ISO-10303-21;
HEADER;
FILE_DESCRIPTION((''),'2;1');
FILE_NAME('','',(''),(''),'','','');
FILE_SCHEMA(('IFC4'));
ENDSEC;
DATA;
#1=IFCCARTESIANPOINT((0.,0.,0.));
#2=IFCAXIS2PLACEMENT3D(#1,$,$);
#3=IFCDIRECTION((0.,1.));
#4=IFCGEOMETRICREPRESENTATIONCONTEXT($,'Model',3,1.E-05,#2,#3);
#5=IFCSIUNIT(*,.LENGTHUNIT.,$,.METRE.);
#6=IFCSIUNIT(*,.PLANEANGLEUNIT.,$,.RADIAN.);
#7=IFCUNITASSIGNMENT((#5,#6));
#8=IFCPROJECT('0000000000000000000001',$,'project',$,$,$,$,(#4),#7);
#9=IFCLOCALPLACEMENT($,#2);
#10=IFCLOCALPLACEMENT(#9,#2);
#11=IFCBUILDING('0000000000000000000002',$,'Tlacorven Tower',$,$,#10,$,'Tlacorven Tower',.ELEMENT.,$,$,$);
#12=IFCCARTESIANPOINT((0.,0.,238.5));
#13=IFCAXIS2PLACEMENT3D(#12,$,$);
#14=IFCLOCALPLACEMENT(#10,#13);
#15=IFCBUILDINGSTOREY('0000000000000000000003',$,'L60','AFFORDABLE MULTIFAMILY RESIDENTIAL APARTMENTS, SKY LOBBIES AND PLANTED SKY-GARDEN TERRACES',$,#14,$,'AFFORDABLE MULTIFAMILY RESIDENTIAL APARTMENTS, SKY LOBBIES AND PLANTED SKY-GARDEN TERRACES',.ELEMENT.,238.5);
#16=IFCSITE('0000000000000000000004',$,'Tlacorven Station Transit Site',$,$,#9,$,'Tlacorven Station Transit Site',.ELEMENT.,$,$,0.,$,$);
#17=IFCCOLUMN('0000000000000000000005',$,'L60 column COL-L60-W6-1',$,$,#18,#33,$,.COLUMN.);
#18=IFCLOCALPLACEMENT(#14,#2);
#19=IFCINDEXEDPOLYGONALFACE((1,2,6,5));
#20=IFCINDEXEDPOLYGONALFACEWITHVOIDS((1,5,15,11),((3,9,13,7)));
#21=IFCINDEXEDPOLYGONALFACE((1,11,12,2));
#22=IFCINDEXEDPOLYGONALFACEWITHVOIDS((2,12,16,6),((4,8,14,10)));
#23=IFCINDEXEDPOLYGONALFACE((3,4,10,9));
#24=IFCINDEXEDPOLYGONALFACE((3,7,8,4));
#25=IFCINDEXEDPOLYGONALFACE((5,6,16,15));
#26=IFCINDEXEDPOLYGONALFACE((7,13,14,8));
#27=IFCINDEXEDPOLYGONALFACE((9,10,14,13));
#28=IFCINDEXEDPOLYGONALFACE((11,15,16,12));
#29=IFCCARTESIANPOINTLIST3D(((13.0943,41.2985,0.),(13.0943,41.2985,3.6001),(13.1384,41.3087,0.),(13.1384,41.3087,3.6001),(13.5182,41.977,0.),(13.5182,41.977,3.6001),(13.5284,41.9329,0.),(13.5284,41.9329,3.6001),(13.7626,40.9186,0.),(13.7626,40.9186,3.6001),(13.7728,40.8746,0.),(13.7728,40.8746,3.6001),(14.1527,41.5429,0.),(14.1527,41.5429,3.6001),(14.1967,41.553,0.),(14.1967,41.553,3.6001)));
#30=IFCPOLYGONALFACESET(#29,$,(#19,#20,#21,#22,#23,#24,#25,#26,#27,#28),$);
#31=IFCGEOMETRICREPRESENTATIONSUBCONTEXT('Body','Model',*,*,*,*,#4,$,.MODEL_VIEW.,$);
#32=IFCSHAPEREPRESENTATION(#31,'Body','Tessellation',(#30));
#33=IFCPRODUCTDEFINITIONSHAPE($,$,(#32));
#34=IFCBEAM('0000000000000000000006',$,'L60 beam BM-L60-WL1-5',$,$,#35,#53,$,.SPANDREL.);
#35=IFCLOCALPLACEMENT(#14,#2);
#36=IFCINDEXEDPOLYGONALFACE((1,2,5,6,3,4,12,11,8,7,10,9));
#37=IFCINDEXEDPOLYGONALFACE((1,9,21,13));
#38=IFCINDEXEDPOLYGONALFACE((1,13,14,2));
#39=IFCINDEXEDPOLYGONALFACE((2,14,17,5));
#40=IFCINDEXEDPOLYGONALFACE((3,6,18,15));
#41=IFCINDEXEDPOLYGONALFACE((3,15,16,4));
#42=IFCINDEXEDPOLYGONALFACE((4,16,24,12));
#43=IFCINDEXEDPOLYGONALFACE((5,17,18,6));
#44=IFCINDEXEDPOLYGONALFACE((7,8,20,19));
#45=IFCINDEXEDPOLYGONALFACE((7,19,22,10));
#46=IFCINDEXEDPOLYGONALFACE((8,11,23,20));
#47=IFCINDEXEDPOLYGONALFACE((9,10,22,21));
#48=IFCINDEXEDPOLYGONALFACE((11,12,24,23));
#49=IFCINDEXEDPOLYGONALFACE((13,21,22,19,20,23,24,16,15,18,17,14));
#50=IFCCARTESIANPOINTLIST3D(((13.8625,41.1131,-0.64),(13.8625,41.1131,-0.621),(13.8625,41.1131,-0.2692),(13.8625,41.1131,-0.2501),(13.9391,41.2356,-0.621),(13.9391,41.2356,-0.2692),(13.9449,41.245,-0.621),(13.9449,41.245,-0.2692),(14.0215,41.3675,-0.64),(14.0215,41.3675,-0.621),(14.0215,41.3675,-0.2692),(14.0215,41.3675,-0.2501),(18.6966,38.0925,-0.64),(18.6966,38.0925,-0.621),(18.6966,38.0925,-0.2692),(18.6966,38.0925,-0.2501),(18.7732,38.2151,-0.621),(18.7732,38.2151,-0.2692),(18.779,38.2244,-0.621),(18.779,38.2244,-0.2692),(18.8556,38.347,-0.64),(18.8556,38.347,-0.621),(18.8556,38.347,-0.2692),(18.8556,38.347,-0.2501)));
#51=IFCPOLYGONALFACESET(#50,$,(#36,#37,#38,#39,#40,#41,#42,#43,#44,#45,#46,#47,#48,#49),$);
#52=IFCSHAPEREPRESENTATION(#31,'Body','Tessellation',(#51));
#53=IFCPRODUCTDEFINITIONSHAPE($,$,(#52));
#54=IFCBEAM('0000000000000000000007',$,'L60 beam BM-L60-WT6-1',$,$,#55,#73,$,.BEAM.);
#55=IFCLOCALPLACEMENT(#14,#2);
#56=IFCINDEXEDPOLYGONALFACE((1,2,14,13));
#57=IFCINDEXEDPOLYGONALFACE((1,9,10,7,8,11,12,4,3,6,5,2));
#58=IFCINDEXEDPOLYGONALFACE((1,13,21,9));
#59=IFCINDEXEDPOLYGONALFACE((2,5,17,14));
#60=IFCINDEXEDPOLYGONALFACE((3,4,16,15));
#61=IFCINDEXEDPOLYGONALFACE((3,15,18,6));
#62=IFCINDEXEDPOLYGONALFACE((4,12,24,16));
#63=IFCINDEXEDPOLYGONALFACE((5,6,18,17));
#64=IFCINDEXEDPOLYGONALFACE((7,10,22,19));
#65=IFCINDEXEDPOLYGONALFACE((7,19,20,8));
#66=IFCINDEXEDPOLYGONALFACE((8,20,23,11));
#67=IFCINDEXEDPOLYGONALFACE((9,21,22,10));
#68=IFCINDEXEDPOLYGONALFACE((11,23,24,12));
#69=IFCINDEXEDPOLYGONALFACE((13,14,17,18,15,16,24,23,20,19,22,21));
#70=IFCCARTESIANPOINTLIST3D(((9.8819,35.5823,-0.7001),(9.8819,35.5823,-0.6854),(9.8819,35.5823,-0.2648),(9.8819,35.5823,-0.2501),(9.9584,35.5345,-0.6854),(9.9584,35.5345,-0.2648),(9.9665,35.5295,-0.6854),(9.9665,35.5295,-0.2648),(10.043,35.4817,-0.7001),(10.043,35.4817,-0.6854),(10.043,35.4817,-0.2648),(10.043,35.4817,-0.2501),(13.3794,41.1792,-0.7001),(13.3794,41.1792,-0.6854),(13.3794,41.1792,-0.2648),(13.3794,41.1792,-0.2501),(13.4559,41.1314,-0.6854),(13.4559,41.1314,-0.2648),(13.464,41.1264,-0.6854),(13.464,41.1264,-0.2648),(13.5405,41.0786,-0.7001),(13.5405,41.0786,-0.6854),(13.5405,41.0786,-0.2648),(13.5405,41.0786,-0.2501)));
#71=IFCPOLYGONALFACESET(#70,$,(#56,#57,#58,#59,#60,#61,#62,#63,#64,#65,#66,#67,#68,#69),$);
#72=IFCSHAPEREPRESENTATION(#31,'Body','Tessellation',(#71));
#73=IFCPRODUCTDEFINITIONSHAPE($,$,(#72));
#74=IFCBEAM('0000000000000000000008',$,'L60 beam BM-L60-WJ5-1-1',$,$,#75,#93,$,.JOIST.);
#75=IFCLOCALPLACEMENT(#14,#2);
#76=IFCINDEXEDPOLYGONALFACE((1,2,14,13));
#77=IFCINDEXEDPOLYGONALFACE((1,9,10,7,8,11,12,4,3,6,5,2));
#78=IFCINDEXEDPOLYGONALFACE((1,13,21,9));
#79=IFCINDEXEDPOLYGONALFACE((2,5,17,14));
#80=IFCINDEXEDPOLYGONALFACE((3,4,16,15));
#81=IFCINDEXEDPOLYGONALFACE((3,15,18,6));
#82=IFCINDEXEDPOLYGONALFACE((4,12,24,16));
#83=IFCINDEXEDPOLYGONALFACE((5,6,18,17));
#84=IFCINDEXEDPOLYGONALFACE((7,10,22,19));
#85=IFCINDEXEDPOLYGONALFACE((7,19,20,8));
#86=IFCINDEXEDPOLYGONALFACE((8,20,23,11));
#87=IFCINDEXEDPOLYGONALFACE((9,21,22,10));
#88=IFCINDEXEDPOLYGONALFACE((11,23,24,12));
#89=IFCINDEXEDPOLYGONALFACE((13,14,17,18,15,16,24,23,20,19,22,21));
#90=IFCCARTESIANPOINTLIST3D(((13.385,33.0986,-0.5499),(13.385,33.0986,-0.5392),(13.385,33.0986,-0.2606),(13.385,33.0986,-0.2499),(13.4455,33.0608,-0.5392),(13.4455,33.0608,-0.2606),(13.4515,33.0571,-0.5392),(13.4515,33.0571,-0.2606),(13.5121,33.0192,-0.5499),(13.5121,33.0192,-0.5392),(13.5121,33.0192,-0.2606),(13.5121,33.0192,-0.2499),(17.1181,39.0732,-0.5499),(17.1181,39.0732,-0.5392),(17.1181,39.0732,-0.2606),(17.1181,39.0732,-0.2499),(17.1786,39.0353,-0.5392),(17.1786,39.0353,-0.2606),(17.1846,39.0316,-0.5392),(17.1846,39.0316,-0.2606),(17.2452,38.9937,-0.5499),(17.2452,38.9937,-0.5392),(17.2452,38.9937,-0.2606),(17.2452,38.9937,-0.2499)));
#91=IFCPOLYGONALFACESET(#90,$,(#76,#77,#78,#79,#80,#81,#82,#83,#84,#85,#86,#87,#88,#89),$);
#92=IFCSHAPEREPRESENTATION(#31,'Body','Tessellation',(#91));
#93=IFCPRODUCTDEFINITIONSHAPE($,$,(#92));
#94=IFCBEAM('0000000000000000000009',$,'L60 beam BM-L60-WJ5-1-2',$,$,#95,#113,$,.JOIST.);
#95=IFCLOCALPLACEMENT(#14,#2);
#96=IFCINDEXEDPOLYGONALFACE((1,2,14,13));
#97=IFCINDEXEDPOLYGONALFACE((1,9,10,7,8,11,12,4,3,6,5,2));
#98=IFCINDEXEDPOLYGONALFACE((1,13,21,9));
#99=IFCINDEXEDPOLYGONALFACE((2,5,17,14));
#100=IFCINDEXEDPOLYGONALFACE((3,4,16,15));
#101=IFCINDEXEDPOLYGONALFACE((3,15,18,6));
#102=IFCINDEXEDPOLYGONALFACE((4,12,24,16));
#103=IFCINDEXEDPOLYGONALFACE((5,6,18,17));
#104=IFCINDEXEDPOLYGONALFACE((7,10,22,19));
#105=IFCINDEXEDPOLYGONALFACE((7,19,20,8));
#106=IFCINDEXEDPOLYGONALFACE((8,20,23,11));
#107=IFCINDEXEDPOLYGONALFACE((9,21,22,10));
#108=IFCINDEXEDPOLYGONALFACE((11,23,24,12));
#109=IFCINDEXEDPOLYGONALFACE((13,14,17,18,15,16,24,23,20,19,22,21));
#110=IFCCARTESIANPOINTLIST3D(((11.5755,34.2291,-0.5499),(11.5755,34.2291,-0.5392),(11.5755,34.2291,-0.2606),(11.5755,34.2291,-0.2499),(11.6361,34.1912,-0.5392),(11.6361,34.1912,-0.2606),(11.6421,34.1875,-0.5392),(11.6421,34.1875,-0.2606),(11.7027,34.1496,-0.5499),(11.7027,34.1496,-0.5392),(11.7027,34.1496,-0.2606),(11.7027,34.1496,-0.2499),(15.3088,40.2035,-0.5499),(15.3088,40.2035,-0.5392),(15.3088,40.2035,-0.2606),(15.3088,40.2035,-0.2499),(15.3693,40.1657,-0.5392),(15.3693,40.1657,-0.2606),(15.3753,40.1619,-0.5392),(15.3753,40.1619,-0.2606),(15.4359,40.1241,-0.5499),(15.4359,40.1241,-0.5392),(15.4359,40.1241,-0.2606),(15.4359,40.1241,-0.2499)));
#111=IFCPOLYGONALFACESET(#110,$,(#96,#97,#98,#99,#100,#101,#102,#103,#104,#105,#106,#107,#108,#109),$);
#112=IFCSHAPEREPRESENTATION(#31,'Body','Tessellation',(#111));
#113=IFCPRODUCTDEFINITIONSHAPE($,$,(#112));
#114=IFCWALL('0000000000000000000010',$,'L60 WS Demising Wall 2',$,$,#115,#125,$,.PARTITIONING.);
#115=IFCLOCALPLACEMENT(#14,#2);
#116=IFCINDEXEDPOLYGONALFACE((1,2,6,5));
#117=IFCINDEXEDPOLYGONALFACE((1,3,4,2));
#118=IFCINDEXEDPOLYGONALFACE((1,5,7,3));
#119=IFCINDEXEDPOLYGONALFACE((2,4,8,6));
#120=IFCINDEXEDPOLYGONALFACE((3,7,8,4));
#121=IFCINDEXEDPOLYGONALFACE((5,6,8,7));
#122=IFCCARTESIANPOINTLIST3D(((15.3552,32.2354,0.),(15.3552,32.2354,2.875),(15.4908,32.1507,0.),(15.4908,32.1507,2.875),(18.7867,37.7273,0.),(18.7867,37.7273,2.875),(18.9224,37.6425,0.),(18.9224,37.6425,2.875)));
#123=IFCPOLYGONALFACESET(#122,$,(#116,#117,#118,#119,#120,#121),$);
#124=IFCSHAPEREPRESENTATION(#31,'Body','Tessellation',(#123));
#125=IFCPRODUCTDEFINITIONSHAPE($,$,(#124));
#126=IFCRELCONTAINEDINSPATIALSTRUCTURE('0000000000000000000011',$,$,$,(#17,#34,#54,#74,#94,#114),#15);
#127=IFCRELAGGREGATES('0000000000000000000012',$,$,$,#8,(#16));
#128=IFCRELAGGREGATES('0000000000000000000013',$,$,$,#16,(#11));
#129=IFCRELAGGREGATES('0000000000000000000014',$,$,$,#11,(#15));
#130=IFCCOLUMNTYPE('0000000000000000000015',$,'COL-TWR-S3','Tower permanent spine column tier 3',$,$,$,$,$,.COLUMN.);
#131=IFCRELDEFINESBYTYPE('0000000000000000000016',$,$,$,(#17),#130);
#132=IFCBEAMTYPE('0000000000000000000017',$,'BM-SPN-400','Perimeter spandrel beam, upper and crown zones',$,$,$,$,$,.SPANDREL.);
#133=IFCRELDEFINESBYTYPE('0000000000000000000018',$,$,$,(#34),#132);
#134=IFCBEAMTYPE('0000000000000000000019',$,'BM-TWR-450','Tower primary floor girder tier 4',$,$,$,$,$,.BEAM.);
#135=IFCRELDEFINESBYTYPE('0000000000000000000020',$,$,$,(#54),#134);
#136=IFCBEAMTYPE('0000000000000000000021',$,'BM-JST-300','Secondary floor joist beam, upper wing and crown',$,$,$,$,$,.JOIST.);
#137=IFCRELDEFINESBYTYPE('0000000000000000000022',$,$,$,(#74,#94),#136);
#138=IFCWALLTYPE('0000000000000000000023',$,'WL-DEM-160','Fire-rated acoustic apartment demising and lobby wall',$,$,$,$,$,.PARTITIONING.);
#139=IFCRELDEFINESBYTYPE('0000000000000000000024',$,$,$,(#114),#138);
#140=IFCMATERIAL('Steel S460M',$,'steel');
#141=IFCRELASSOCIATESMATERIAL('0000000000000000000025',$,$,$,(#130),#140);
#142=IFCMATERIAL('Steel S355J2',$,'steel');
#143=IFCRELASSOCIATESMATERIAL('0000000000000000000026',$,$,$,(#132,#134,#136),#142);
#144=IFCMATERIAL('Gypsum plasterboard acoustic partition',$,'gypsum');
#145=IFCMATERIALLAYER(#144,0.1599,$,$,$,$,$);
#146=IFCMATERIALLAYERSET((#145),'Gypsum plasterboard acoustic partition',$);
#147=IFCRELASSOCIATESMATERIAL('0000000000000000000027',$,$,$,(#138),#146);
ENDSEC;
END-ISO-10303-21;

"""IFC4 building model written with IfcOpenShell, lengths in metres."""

from ifc_helpers import new_model, si_unit, direction, frame, frame_2d, origin, origin_2d, place, context, subcontext, project, spatial, rectangle, hollow_rectangle, i_section, extrude, source, transform, mapped, material, layer, layer_set, material_profile, profile_set, type_object, element, save


model = new_model("IFC4")

# Units and contexts
model_context = context("Model", 3, precision=1e-05, world=origin(), true_north=direction((0.0, 1.0)))
body_context = subcontext(model_context, "Body", "Model", "MODEL_VIEW")
ifc_project = project(units=[si_unit("LENGTHUNIT", "METRE"), si_unit("PLANEANGLEUNIT", "RADIAN")], contexts=[model_context])

# Site, building, storey
site_placement = place(None, origin())
site = spatial("IfcSite", under=ifc_project, at=site_placement, Name="Tlacorven Station Transit Site", LongName="Tlacorven Station Transit Site", CompositionType="ELEMENT", RefElevation=0.0)
building_placement = place(site_placement, origin())
building = spatial("IfcBuilding", under=site, at=building_placement, Name="Tlacorven Tower", LongName="Tlacorven Tower", CompositionType="ELEMENT")
storey_placement = place(building_placement, frame((0.0, 0.0, 238.5)))
storey = spatial("IfcBuildingStorey", under=building, at=storey_placement, Name="L60", Description="AFFORDABLE MULTIFAMILY RESIDENTIAL APARTMENTS, SKY LOBBIES AND PLANTED SKY-GARDEN TERRACES", LongName="AFFORDABLE MULTIFAMILY RESIDENTIAL APARTMENTS, SKY LOBBIES AND PLANTED SKY-GARDEN TERRACES", CompositionType="ELEMENT", Elevation=238.5)

# Column
ifc_material_1 = material(Name="Steel S460M", Category="steel")
ifc_material_profile_1 = material_profile(ifc_material_1, hollow_rectangle(XDim=0.8, YDim=0.8, WallThickness=0.032, at=origin_2d()), Name="BOX 800X800X32")
ifc_profile_set_1 = profile_set([ifc_material_profile_1], Name="Steel S460M")
column_type = type_object("IfcColumnType", Name="COL-TWR-S3", Description="Tower permanent spine column tier 3", PredefinedType="COLUMN", material=ifc_profile_set_1)
shared_shape_1 = source(origin(), body_context, "Body", "SweptSolid", [
    extrude(hollow_rectangle(XDim=0.8, YDim=0.8, WallThickness=0.032, at=origin_2d()), origin(), (0.0, 0.0, 1.0), 3.6001),
])
column_placement = place(storey_placement, frame((13.6455, 41.4258, 0.0), z_axis=(0.0, 0.0, 1.0), x_axis=(-0.848048, 0.529919, 0.0)))
element("IfcColumn", 1, at=column_placement, inside=storey, type_object=column_type, Name="L60 column COL-L60-W6-1", PredefinedType="COLUMN", context=body_context, shape_type="MappedRepresentation", body=[
    mapped(shared_shape_1, transform((0.0, 0.0, 0.0), scale=1.0)),
])

# Beams
ifc_material_2 = material(Name="Steel S355J2", Category="steel")
ifc_material_profile_2 = material_profile(ifc_material_2, i_section(OverallWidth=0.3, OverallDepth=0.3899, WebThickness=0.011, FlangeThickness=0.019, at=origin_2d()), Name="HEA 400")
ifc_profile_set_2 = profile_set([ifc_material_profile_2], Name="Steel S355J2")
beam_type_1 = type_object("IfcBeamType", Name="BM-SPN-400", Description="Perimeter spandrel beam, upper and crown zones", PredefinedType="SPANDREL", material=ifc_profile_set_2)
shared_shape_2 = source(origin(), body_context, "Body", "SweptSolid", [
    extrude(i_section(OverallWidth=0.3, OverallDepth=0.3899, WebThickness=0.011, FlangeThickness=0.019, at=origin_2d()), origin(), (0.0, 0.0, 1.0), 5.7002),
])
beam_1_placement = place(storey_placement, frame((18.7761, 38.2197, -0.4451), z_axis=(-0.848056, 0.529907, 0.0), x_axis=(-0.529907, -0.848056, 0.0)))
element("IfcBeam", 2, at=beam_1_placement, inside=storey, type_object=beam_type_1, Name="L60 beam BM-L60-WL1-5", PredefinedType="SPANDREL", context=body_context, shape_type="MappedRepresentation", body=[
    mapped(shared_shape_2, transform((0.0, 0.0, 0.0), scale=1.0)),
])
ifc_material_profile_3 = material_profile(ifc_material_2, i_section(OverallWidth=0.1899, OverallDepth=0.45, WebThickness=0.0095, FlangeThickness=0.0146, at=origin_2d()), Name="IPE 450")
ifc_profile_set_3 = profile_set([ifc_material_profile_3], Name="Steel S355J2")
beam_type_2 = type_object("IfcBeamType", Name="BM-TWR-450", Description="Tower primary floor girder tier 4", PredefinedType="BEAM", material=ifc_profile_set_3)
shared_shape_3 = source(origin(), body_context, "Body", "SweptSolid", [
    extrude(i_section(OverallWidth=0.1899, OverallDepth=0.45, WebThickness=0.0095, FlangeThickness=0.0146, at=origin_2d()), origin(), (0.0, 0.0, 1.0), 6.5999),
])
beam_2_placement = place(storey_placement, frame((13.46, 41.1289, -0.4751), z_axis=(-0.529942, -0.848034, 0.0), x_axis=(0.848034, -0.529942, 0.0)))
element("IfcBeam", 3, at=beam_2_placement, inside=storey, type_object=beam_type_2, Name="L60 beam BM-L60-WT6-1", PredefinedType="BEAM", context=body_context, shape_type="MappedRepresentation", body=[
    mapped(shared_shape_3, transform((0.0, 0.0, 0.0), scale=1.0)),
])
ifc_material_profile_4 = material_profile(ifc_material_2, i_section(OverallWidth=0.1499, OverallDepth=0.3, WebThickness=0.0071, FlangeThickness=0.0107, at=origin_2d()), Name="IPE 300")
ifc_profile_set_4 = profile_set([ifc_material_profile_4], Name="Steel S355J2")
beam_type_3 = type_object("IfcBeamType", Name="BM-JST-300", Description="Secondary floor joist beam, upper wing and crown", PredefinedType="JOIST", material=ifc_profile_set_4)
shared_shape_4 = source(origin(), body_context, "Body", "SweptSolid", [
    extrude(i_section(OverallWidth=0.1499, OverallDepth=0.3, WebThickness=0.0071, FlangeThickness=0.0107, at=origin_2d()), origin(), (0.0, 0.0, 1.0), 7.0449),
])
for number, where, z_axis, x_axis, name in (
    (4, (17.1816, 39.0334, -0.3999), (-0.529899, -0.848061, 0.0), (0.848061, -0.529899, 0.0), "L60 beam BM-L60-WJ5-1-1"),
    (5, (15.3723, 40.1638, -0.3999), (-0.529915, -0.848051, 0.0), (0.848051, -0.529915, 0.0), "L60 beam BM-L60-WJ5-1-2"),
):
    element("IfcBeam", number, at=place(storey_placement, frame(where, z_axis=z_axis, x_axis=x_axis)), inside=storey, type_object=beam_type_3, Name=name, PredefinedType="JOIST", context=body_context, shape_type="MappedRepresentation", body=[
        mapped(shared_shape_4, transform((0.0, 0.0, 0.0), scale=1.0)),
    ])

# Wall
ifc_material_3 = material(Name="Gypsum plasterboard acoustic partition", Category="gypsum")
ifc_layer_1 = layer(ifc_material_3, 0.1599)
ifc_layer_set_1 = layer_set([ifc_layer_1], Name="Gypsum plasterboard acoustic partition")
wall_type_1 = type_object("IfcWallType", Name="WL-DEM-160", Description="Fire-rated acoustic apartment demising and lobby wall", PredefinedType="PARTITIONING", material=ifc_layer_set_1)
wall_1_placement = place(storey_placement, frame((18.8545, 37.6848, 0.0), z_axis=(0.0, 0.0, 1.0), x_axis=(-0.529907, -0.848055, 0.0)))
element("IfcWall", 6, at=wall_1_placement, inside=storey, type_object=wall_type_1, Name="L60 WS Demising Wall 2", PredefinedType="PARTITIONING", context=body_context, shape_type="SweptSolid", body=[
    extrude(rectangle(XDim=6.4758, YDim=0.1599, at=frame_2d((3.2378, 0.0))), origin(), (0.0, 0.0, 1.0), 2.875),
])

save(model, "model.ifc")
